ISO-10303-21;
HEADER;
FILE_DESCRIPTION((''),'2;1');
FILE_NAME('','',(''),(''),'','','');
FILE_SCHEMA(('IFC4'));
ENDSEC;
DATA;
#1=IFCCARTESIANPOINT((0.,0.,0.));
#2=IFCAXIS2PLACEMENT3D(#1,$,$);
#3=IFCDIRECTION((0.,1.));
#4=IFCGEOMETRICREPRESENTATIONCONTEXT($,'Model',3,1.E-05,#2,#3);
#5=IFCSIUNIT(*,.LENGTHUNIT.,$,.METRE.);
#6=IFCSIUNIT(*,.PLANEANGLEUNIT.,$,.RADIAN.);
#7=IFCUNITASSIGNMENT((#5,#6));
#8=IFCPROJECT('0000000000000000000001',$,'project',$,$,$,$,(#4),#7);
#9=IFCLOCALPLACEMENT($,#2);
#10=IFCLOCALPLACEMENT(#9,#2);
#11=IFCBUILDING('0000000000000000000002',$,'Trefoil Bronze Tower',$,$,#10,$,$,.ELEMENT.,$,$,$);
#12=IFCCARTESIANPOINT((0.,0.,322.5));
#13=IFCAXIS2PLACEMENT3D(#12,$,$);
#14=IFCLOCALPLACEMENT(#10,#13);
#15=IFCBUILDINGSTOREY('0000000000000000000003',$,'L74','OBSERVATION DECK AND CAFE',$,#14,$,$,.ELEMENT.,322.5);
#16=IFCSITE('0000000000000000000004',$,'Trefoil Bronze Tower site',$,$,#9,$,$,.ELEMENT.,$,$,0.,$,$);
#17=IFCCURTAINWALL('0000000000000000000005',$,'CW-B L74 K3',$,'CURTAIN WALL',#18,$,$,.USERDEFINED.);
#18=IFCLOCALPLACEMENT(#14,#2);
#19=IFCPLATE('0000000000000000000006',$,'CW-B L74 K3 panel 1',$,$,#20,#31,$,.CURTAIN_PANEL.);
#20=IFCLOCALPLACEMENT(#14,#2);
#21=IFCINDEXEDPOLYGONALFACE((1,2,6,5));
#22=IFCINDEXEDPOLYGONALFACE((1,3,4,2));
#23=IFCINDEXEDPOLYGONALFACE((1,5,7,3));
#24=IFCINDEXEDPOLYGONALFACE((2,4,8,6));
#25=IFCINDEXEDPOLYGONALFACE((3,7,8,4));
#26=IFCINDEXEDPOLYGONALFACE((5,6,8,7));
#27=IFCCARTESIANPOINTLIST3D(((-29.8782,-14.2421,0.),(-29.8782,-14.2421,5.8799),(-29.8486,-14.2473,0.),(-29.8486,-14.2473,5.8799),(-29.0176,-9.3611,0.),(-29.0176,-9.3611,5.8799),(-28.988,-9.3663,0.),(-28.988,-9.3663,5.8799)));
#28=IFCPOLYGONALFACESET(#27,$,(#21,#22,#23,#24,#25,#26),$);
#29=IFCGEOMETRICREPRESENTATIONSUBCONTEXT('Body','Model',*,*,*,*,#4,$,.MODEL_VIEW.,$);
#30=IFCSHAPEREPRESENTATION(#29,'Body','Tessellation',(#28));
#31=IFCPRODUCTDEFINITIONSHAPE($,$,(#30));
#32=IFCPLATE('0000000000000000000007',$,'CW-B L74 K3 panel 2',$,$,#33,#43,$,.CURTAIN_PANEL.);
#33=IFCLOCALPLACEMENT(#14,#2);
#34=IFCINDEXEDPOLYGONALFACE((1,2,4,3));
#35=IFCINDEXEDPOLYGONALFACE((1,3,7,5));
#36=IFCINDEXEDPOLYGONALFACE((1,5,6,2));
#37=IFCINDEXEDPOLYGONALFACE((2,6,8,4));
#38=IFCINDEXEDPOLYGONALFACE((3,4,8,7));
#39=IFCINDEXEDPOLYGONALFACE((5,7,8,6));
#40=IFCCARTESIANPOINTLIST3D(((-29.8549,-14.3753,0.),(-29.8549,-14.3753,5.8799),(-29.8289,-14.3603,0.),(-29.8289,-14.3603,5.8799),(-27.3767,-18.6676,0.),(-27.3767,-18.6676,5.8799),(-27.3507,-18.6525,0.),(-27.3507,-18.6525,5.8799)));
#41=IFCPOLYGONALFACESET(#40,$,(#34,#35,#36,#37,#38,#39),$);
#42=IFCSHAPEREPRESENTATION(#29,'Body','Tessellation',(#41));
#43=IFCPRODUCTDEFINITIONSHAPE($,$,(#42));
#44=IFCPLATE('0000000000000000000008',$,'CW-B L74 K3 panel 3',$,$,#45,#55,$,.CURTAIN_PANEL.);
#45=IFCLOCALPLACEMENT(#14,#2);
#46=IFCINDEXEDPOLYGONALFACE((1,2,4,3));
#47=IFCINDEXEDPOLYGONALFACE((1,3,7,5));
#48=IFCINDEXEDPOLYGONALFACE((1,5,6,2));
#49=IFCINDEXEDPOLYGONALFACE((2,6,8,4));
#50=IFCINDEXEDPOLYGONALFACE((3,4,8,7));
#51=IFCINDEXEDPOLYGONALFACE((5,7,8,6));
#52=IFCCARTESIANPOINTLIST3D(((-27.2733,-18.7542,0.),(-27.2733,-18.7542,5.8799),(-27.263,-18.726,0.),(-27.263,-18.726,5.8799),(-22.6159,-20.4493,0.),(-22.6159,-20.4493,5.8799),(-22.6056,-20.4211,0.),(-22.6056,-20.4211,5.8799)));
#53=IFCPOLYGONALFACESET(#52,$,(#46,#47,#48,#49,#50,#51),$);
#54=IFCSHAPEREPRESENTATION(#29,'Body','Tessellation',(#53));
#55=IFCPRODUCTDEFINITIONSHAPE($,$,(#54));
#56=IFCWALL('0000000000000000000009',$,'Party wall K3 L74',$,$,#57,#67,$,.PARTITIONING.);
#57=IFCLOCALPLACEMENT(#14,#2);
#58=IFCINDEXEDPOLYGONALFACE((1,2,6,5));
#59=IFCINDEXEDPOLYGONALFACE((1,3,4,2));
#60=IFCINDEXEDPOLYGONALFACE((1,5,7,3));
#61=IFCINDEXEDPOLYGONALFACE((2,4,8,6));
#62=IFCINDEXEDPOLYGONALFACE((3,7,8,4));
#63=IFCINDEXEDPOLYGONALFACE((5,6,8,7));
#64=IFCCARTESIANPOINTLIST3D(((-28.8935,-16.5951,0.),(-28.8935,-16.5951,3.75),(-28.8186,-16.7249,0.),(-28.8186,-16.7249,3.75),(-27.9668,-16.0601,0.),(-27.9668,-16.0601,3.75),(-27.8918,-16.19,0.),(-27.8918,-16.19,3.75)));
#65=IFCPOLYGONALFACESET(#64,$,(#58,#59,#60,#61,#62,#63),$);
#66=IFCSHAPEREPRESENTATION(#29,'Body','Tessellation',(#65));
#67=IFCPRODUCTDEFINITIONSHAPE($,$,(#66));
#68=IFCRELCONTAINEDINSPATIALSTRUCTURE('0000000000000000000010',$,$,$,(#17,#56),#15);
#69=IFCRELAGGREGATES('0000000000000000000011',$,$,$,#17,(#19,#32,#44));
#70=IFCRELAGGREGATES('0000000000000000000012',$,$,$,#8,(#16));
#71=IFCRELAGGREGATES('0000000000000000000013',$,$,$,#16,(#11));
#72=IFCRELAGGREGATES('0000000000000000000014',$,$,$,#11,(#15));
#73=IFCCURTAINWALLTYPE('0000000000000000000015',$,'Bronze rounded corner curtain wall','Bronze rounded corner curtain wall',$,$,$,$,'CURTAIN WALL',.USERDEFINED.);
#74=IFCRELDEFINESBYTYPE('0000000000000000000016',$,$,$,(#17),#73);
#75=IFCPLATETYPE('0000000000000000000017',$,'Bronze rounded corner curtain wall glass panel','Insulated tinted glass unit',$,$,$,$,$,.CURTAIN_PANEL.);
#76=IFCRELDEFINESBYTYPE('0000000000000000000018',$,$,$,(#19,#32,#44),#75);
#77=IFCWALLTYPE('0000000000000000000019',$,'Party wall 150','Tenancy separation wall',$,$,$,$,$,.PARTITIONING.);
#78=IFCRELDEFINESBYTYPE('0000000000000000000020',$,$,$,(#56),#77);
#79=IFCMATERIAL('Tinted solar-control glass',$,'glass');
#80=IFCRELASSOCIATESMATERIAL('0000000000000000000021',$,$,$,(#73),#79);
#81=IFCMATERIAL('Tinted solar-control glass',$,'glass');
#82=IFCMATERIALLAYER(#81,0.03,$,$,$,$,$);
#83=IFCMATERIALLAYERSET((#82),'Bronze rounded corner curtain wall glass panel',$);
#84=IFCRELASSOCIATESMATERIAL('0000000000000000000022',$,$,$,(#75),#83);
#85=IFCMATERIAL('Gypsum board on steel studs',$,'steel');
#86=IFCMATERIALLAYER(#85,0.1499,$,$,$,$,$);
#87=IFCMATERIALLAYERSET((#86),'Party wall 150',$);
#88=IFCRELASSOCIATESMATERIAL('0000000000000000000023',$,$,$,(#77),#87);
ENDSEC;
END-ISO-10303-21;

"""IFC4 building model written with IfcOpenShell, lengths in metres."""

from ifc_helpers import new_model, si_unit, direction, frame, frame_2d, origin, origin_2d, place, context, subcontext, project, spatial, rectangle, extrude, material, layer, layer_set, type_object, element, aggregate, save


model = new_model("IFC4")

# Units and contexts
model_context = context("Model", 3, precision=1e-05, world=origin(), true_north=direction((0.0, 1.0)))
body_context = subcontext(model_context, "Body", "Model", "MODEL_VIEW")
ifc_project = project(units=[si_unit("LENGTHUNIT", "METRE"), si_unit("PLANEANGLEUNIT", "RADIAN")], contexts=[model_context])

# Site, building, storey
site_placement = place(None, origin())
site = spatial("IfcSite", under=ifc_project, at=site_placement, Name="Trefoil Bronze Tower site", CompositionType="ELEMENT", RefElevation=0.0)
building_placement = place(site_placement, origin())
building = spatial("IfcBuilding", under=site, at=building_placement, Name="Trefoil Bronze Tower", CompositionType="ELEMENT")
storey_placement = place(building_placement, frame((0.0, 0.0, 322.5)))
storey = spatial("IfcBuildingStorey", under=building, at=storey_placement, Name="L74", Description="OBSERVATION DECK AND CAFE", CompositionType="ELEMENT", Elevation=322.5)

# Curtain wall
ifc_material_1 = material(Name="Tinted solar-control glass", Category="glass")
curtain_wall_type_1 = type_object("IfcCurtainWallType", Name="Bronze rounded corner curtain wall", Description="Bronze rounded corner curtain wall", ElementType="CURTAIN WALL", PredefinedType="USERDEFINED", material=ifc_material_1)
curtain_wall_1_placement = place(storey_placement, origin())
curtain_wall_1 = element("IfcCurtainWall", 1, at=curtain_wall_1_placement, inside=storey, type_object=curtain_wall_type_1, Name="CW-B L74 K3", ObjectType="CURTAIN WALL", PredefinedType="USERDEFINED")

# Plates
ifc_material_2 = material(Name="Tinted solar-control glass", Category="glass")
ifc_layer_1 = layer(ifc_material_2, 0.03)
ifc_layer_set_1 = layer_set([ifc_layer_1], Name="Bronze rounded corner curtain wall glass panel")
plate_type_1 = type_object("IfcPlateType", Name="Bronze rounded corner curtain wall glass panel", Description="Insulated tinted glass unit", PredefinedType="CURTAIN_PANEL", material=ifc_layer_set_1)
plate_1_placement = place(storey_placement, frame((-29.4331, -11.8042, 0.0), z_axis=(0.0, 0.0, 1.0), x_axis=(-0.173648, -0.984808, 0.0)))
plate_1 = element("IfcPlate", 2, at=plate_1_placement, type_object=plate_type_1, Name="CW-B L74 K3 panel 1", PredefinedType="CURTAIN_PANEL", context=body_context, shape_type="SweptSolid", body=[
    extrude(rectangle(XDim=4.9563, YDim=0.03, at=origin_2d()), origin(), (0.0, 0.0, 1.0), 5.8799),
])
plate_2_placement = place(storey_placement, frame((-28.6028, -16.5139, 0.0), z_axis=(0.0, 0.0, 1.0), x_axis=(0.5, -0.866025, 0.0)))
plate_2 = element("IfcPlate", 3, at=plate_2_placement, type_object=plate_type_1, Name="CW-B L74 K3 panel 2", PredefinedType="CURTAIN_PANEL", context=body_context, shape_type="SweptSolid", body=[
    extrude(rectangle(XDim=4.9563, YDim=0.03, at=origin_2d()), origin(), (0.0, 0.0, 1.0), 5.8799),
])
plate_3_placement = place(storey_placement, frame((-24.9395, -19.5876, 0.0), z_axis=(0.0, 0.0, 1.0), x_axis=(0.939693, -0.34202, 0.0)))
plate_3 = element("IfcPlate", 4, at=plate_3_placement, type_object=plate_type_1, Name="CW-B L74 K3 panel 3", PredefinedType="CURTAIN_PANEL", context=body_context, shape_type="SweptSolid", body=[
    extrude(rectangle(XDim=4.9563, YDim=0.03, at=origin_2d()), origin(), (0.0, 0.0, 1.0), 5.8799),
])
aggregate(curtain_wall_1, [plate_1, plate_2, plate_3])

# Wall
ifc_material_3 = material(Name="Gypsum board on steel studs", Category="steel")
ifc_layer_2 = layer(ifc_material_3, 0.1499)
ifc_layer_set_2 = layer_set([ifc_layer_2], Name="Party wall 150")
wall_type = type_object("IfcWallType", Name="Party wall 150", Description="Tenancy separation wall", PredefinedType="PARTITIONING", material=ifc_layer_set_2)
wall_placement = place(storey_placement, frame((-27.9292, -16.125, 0.0), z_axis=(0.0, 0.0, 1.0), x_axis=(-0.866087, -0.499894, 0.0)))
element("IfcWall", 5, at=wall_placement, inside=storey, type_object=wall_type, Name="Party wall K3 L74", PredefinedType="PARTITIONING", context=body_context, shape_type="SweptSolid", body=[
    extrude(rectangle(XDim=1.0701, YDim=0.1499, at=frame_2d((0.5352, 0.0))), origin(), (0.0, 0.0, 1.0), 3.75),
])

save(model, "model.ifc")
